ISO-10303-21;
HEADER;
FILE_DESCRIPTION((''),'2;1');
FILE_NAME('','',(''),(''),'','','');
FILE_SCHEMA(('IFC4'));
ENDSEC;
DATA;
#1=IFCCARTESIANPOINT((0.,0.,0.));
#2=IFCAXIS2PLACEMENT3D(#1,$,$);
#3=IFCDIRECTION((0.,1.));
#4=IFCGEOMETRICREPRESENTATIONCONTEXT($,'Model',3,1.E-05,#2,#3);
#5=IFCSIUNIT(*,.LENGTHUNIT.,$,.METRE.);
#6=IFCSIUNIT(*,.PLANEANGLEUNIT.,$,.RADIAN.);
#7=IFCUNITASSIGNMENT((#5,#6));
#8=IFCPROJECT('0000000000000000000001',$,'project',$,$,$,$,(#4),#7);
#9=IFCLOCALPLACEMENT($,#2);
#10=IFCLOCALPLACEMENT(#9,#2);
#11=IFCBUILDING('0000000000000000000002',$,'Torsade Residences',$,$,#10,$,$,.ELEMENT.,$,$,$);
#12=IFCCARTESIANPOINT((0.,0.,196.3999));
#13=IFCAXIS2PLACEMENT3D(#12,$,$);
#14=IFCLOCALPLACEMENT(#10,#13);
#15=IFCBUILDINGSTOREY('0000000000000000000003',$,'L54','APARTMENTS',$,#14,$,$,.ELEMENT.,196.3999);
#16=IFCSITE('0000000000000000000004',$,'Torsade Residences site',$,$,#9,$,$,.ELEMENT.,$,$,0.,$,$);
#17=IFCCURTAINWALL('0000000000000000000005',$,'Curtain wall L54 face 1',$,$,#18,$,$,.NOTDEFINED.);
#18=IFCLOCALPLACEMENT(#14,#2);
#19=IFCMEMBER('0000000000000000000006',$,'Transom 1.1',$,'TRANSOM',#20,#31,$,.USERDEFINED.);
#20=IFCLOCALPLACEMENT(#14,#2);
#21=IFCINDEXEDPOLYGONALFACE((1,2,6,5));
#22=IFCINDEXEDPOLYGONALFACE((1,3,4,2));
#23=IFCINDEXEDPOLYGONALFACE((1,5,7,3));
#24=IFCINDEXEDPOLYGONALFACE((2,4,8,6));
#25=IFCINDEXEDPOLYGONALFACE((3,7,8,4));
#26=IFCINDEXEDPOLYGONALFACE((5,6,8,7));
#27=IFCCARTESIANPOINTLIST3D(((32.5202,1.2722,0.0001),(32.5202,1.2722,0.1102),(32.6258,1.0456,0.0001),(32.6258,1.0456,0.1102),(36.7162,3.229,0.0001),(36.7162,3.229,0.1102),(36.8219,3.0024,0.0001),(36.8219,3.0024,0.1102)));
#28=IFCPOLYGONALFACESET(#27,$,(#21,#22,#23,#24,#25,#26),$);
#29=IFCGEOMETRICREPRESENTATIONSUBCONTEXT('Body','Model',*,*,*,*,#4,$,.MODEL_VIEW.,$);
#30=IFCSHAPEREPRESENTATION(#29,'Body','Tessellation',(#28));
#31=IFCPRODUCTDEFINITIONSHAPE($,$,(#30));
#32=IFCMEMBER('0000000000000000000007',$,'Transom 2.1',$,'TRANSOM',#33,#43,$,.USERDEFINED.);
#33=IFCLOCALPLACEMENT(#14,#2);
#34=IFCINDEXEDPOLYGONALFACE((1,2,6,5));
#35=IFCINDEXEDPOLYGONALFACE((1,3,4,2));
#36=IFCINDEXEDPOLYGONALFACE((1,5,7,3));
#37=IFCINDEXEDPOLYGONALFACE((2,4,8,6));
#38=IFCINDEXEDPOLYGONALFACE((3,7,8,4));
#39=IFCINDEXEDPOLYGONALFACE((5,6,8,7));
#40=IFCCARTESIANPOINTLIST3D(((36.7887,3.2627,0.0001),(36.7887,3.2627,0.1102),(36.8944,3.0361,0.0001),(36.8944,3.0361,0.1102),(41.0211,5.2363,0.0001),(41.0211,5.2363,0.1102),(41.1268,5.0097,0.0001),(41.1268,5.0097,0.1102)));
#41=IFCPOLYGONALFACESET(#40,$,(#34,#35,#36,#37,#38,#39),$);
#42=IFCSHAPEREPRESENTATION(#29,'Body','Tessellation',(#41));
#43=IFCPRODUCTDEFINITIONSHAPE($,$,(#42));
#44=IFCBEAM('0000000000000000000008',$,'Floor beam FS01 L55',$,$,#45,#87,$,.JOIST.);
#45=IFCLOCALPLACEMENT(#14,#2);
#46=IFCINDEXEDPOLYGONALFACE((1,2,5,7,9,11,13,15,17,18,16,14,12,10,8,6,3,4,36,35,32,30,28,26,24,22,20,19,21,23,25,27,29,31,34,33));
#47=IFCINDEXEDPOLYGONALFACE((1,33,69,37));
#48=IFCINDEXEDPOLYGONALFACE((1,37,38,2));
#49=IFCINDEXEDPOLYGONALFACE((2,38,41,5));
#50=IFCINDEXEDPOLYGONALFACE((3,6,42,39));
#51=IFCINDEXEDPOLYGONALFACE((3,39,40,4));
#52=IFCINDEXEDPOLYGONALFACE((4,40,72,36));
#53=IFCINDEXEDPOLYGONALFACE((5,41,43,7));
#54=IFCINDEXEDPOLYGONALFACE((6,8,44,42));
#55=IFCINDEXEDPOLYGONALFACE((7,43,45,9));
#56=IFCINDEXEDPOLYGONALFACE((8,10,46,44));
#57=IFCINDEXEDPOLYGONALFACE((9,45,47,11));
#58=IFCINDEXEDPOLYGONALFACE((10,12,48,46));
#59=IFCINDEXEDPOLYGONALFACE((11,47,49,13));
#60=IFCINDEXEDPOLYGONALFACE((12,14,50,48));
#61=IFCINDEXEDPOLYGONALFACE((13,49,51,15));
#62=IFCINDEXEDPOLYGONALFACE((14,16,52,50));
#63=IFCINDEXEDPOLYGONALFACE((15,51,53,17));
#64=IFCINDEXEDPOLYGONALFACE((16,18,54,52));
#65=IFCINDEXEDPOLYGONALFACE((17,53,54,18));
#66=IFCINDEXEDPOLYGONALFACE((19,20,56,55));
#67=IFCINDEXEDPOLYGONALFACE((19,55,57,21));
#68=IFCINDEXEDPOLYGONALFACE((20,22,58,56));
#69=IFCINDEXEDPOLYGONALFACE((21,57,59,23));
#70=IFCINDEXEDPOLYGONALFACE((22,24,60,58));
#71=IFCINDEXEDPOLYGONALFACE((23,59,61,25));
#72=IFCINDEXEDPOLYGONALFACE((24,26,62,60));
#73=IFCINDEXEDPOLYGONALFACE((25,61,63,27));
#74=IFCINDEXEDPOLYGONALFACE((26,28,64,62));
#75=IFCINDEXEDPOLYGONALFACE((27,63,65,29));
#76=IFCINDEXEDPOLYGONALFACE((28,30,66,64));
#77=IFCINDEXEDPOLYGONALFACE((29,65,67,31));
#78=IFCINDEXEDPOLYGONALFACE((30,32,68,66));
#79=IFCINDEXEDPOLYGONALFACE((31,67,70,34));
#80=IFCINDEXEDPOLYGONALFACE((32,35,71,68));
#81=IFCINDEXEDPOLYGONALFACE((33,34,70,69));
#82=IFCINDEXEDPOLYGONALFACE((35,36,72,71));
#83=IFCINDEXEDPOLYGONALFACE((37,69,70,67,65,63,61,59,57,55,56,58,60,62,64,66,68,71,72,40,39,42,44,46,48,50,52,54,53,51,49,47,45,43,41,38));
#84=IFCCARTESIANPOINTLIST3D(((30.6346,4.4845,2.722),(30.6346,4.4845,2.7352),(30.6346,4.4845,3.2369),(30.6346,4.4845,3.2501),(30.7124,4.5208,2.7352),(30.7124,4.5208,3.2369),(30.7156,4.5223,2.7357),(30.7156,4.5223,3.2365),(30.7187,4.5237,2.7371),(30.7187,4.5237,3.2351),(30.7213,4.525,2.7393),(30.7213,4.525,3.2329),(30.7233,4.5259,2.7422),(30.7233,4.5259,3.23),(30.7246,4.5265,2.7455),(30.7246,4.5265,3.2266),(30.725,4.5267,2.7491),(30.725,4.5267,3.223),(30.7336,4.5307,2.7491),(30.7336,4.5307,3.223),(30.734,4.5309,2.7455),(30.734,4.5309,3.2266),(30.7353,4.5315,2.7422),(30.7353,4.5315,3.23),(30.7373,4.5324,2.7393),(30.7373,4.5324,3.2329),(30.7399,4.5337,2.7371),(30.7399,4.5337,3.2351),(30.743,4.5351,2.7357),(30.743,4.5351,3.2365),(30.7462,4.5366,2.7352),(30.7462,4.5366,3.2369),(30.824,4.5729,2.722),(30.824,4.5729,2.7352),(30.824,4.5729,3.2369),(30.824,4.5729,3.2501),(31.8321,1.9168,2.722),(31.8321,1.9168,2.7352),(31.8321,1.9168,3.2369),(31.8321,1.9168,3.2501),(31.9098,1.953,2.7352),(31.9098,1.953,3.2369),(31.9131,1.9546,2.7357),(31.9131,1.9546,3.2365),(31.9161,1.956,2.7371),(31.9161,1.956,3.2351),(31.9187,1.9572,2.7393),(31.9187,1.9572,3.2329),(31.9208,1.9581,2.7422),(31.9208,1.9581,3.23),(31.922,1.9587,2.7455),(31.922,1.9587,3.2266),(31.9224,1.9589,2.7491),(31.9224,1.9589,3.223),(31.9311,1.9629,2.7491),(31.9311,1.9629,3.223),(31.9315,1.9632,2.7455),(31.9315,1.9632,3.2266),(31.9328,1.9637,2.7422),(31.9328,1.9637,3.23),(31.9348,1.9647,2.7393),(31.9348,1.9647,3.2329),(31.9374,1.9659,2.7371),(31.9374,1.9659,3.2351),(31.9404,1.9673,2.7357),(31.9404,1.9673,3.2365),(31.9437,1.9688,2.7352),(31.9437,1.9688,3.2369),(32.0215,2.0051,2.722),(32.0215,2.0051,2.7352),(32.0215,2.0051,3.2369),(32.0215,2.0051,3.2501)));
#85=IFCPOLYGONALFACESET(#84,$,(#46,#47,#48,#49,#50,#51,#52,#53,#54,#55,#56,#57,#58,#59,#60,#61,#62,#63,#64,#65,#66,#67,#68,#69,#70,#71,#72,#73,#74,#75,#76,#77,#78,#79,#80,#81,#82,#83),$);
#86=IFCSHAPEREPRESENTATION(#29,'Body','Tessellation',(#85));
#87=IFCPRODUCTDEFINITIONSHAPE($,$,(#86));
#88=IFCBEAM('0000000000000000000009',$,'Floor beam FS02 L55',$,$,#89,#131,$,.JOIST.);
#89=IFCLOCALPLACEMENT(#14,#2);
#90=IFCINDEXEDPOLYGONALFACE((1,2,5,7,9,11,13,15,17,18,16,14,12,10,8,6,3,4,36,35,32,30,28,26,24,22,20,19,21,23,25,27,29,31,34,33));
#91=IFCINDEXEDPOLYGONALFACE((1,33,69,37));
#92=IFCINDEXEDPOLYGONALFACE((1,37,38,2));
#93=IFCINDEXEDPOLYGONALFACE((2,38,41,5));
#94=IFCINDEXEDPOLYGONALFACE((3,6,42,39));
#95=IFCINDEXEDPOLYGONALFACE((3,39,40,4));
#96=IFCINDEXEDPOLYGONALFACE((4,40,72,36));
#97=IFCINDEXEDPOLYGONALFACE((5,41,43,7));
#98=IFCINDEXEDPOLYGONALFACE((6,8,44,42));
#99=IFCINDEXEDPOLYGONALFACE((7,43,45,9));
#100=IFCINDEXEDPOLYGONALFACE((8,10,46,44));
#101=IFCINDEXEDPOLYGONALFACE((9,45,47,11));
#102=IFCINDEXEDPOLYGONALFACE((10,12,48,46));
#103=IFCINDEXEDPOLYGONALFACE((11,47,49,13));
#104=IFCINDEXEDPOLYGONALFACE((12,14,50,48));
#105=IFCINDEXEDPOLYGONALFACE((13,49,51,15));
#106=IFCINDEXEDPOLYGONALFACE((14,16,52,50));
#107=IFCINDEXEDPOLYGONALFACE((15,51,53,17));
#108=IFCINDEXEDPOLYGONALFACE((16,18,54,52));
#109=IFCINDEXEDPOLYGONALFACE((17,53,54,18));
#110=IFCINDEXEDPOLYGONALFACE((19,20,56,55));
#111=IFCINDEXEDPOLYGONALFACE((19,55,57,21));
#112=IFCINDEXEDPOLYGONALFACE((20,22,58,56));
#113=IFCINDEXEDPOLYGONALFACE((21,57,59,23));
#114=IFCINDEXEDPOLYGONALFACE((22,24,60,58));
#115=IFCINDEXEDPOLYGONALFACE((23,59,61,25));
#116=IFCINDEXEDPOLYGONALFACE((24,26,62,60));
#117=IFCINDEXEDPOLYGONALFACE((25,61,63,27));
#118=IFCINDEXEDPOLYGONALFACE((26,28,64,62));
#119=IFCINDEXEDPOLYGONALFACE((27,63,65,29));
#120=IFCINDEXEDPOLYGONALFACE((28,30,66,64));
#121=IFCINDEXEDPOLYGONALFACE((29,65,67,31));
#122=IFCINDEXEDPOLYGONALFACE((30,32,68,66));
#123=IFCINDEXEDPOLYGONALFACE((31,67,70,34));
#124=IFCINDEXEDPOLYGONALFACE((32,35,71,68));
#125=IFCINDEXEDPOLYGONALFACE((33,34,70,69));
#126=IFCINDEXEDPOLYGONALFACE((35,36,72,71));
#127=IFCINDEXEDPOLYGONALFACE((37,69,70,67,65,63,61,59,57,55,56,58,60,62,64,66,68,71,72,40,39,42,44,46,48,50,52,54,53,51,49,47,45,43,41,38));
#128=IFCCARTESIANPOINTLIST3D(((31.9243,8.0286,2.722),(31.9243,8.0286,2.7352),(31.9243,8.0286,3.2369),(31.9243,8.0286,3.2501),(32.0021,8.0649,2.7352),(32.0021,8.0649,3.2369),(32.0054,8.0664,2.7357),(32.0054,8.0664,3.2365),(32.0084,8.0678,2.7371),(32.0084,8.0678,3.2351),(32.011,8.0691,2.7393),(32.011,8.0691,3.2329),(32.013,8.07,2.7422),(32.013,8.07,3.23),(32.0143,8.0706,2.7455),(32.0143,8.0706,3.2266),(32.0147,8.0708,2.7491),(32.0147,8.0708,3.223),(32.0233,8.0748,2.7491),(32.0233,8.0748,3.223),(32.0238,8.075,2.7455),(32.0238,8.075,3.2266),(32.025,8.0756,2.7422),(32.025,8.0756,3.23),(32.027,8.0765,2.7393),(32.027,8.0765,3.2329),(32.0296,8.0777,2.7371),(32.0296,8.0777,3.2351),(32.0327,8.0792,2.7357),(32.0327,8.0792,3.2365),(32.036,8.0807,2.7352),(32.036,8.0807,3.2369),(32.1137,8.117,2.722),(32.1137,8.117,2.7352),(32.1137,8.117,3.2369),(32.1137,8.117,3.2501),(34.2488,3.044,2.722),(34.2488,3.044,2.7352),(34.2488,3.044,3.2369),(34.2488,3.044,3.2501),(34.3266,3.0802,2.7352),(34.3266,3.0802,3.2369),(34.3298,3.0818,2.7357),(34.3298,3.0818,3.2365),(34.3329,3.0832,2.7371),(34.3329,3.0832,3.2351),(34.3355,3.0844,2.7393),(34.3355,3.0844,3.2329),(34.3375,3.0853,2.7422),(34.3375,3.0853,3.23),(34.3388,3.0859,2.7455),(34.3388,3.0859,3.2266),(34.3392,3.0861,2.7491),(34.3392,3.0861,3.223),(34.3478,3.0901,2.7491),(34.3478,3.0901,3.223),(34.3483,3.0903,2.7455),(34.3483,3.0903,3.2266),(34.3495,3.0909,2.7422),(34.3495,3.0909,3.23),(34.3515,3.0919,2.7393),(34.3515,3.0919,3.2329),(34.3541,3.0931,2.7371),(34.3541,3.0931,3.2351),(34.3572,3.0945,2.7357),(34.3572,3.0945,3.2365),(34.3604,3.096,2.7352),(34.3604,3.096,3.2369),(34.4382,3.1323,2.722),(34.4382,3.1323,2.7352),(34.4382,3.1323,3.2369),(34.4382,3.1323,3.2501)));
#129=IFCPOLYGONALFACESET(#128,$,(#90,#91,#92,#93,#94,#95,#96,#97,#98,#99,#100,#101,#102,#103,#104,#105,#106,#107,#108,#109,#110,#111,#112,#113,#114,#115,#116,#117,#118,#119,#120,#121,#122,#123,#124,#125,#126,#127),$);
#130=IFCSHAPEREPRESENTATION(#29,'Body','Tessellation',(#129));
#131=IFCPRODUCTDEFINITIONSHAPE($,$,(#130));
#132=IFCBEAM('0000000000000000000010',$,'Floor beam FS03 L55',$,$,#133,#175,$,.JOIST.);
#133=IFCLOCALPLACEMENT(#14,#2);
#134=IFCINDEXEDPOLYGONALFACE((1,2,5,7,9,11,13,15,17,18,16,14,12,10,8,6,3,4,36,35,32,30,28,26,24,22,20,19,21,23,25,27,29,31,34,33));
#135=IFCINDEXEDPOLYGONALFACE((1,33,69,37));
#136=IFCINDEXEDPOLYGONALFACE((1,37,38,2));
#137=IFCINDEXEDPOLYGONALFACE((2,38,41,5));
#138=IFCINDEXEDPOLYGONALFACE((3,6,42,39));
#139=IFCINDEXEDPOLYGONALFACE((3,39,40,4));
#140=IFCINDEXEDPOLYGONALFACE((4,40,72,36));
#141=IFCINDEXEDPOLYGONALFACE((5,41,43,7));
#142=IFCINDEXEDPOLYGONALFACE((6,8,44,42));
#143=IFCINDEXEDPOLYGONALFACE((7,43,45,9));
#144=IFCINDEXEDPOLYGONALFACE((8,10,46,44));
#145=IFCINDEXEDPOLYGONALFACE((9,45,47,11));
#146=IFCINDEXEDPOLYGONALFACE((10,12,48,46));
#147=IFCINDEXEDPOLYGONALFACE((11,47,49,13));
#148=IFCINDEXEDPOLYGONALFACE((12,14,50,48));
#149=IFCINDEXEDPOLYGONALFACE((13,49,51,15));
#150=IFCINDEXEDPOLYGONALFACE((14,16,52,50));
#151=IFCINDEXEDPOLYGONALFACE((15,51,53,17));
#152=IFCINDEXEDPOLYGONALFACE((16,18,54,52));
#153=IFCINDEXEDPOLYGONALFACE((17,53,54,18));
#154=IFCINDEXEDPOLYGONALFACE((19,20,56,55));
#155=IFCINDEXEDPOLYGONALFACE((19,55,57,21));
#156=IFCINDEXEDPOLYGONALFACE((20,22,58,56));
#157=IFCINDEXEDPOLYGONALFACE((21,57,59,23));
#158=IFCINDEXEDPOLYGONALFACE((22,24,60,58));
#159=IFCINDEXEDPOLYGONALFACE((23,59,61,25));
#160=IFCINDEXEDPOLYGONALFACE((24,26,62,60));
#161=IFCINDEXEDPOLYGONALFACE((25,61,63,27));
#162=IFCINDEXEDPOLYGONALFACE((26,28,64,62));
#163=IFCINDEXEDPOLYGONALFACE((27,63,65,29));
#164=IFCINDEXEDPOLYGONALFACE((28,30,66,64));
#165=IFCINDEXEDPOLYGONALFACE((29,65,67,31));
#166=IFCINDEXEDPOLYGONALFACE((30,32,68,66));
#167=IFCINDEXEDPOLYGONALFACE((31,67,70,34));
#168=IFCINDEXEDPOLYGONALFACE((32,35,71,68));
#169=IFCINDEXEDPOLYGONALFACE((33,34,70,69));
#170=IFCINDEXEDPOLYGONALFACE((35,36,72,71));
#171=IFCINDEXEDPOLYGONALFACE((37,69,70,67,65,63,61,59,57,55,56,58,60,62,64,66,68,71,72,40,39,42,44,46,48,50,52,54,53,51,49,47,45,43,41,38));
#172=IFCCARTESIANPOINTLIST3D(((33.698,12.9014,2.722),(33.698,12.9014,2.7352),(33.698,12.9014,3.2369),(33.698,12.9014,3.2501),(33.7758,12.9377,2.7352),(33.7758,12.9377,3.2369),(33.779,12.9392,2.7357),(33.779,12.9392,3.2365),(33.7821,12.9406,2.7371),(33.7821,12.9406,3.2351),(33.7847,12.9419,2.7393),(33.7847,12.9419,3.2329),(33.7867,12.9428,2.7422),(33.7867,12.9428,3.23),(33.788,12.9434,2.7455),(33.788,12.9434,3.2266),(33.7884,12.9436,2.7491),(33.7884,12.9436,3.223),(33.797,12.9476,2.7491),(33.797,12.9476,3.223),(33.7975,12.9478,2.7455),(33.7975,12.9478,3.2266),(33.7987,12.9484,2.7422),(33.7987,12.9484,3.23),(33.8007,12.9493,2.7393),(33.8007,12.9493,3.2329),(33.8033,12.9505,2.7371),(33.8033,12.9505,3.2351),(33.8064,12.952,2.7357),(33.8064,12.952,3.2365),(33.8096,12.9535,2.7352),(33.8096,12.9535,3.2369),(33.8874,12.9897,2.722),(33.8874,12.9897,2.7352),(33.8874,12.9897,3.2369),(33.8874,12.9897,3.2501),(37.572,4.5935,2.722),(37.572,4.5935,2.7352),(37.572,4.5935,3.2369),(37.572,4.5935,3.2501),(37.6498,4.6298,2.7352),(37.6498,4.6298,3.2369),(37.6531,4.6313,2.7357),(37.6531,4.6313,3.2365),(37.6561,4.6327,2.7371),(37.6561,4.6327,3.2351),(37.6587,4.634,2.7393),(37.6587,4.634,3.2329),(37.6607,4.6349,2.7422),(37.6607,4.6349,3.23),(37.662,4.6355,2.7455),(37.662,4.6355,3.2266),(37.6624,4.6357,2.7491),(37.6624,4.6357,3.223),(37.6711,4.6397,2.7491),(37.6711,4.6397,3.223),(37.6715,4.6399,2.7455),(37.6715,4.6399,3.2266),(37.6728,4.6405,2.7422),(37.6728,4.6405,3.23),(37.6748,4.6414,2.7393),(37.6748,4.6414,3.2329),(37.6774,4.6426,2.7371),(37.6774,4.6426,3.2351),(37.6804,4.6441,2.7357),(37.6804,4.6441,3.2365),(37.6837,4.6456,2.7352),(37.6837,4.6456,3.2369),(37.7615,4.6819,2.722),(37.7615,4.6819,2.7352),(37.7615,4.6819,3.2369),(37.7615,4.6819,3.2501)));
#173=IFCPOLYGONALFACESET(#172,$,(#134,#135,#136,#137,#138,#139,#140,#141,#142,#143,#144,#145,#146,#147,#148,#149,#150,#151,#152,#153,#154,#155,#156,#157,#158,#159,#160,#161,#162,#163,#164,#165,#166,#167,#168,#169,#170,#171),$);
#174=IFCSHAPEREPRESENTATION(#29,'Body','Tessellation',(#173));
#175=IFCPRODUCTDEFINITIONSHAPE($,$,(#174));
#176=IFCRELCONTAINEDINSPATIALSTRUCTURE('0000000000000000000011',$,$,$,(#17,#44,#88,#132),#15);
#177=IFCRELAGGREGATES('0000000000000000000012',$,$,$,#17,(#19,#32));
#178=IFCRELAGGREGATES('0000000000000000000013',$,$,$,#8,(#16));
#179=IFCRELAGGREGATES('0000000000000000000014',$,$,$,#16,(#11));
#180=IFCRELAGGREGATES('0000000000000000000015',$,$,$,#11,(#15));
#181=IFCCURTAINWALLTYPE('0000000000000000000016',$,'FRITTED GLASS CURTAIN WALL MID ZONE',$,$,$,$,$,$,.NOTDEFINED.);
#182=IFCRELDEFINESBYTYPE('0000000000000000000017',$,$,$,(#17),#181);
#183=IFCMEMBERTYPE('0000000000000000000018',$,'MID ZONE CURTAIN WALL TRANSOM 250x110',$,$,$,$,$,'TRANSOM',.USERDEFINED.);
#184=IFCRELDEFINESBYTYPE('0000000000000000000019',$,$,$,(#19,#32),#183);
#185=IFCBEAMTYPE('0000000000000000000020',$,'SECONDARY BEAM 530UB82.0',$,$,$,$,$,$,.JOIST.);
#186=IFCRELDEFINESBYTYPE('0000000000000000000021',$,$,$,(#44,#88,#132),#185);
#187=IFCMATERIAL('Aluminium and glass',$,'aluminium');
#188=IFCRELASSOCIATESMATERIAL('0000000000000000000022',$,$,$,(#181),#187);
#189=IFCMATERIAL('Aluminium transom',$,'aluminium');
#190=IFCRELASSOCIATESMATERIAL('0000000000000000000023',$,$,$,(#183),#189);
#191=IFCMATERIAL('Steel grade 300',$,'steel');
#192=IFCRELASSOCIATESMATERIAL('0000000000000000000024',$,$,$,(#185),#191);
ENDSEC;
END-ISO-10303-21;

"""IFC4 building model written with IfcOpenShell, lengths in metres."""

from ifc_helpers import new_model, si_unit, direction, frame, origin, origin_2d, place, context, subcontext, project, spatial, rectangle, i_section, extrude, material, material_profile, profile_set, type_object, element, aggregate, save


model = new_model("IFC4")

# Units and contexts
model_context = context("Model", 3, precision=1e-05, world=origin(), true_north=direction((0.0, 1.0)))
body_context = subcontext(model_context, "Body", "Model", "MODEL_VIEW")
ifc_project = project(units=[si_unit("LENGTHUNIT", "METRE"), si_unit("PLANEANGLEUNIT", "RADIAN")], contexts=[model_context])

# Site, building, storey
site_placement = place(None, origin())
site = spatial("IfcSite", under=ifc_project, at=site_placement, Name="Torsade Residences site", CompositionType="ELEMENT", RefElevation=0.0)
building_placement = place(site_placement, origin())
building = spatial("IfcBuilding", under=site, at=building_placement, Name="Torsade Residences", CompositionType="ELEMENT")
storey_placement = place(building_placement, frame((0.0, 0.0, 196.3999)))
storey = spatial("IfcBuildingStorey", under=building, at=storey_placement, Name="L54", Description="APARTMENTS", CompositionType="ELEMENT", Elevation=196.3999)

# Curtain wall
ifc_material_1 = material(Name="Aluminium and glass", Category="aluminium")
curtain_wall_type = type_object("IfcCurtainWallType", Name="FRITTED GLASS CURTAIN WALL MID ZONE", PredefinedType="NOTDEFINED", material=ifc_material_1)
curtain_wall_1_placement = place(storey_placement, origin())
curtain_wall_1 = element("IfcCurtainWall", 1, at=curtain_wall_1_placement, inside=storey, type_object=curtain_wall_type, Name="Curtain wall L54 face 1", PredefinedType="NOTDEFINED")

# Members
ifc_material_2 = material(Name="Aluminium transom", Category="aluminium")
ifc_material_profile_1 = material_profile(ifc_material_2, rectangle(XDim=0.25, YDim=0.1101, at=origin_2d()), Name="MID ZONE CURTAIN WALL TRANSOM 250x110")
ifc_profile_set_1 = profile_set([ifc_material_profile_1], Name="Aluminium transom")
member_type_1 = type_object("IfcMemberType", Name="MID ZONE CURTAIN WALL TRANSOM 250x110", ElementType="TRANSOM", PredefinedType="USERDEFINED", material=ifc_profile_set_1)
member_1_placement = place(storey_placement, frame((32.573, 1.1589, 0.0552), z_axis=(0.906296, 0.422643, 0.0), x_axis=(-0.422643, 0.906296, 0.0)))
member_1 = element("IfcMember", 2, at=member_1_placement, type_object=member_type_1, Name="Transom 1.1", ObjectType="TRANSOM", PredefinedType="USERDEFINED", context=body_context, shape_type="SweptSolid", body=[
    extrude(rectangle(XDim=0.25, YDim=0.1101, at=origin_2d()), origin(), (0.0, 0.0, 1.0), 4.6299),
])
member_2_placement = place(storey_placement, frame((36.8416, 3.1494, 0.0552), z_axis=(0.906306, 0.422622, 0.0), x_axis=(-0.422622, 0.906306, 0.0)))
member_2 = element("IfcMember", 3, at=member_2_placement, type_object=member_type_1, Name="Transom 2.1", ObjectType="TRANSOM", PredefinedType="USERDEFINED", context=body_context, shape_type="SweptSolid", body=[
    extrude(rectangle(XDim=0.25, YDim=0.1101, at=origin_2d()), origin(), (0.0, 0.0, 1.0), 4.6699),
])

# Beams
ifc_material_3 = material(Name="Steel grade 300", Category="steel")
ifc_material_profile_2 = material_profile(ifc_material_3, i_section(OverallWidth=0.209, OverallDepth=0.5281, WebThickness=0.0095, FlangeThickness=0.0132, FilletRadius=0.0139, at=origin_2d()), Name="530UB82.0")
ifc_profile_set_2 = profile_set([ifc_material_profile_2], Name="Steel grade 300")
beam_type_1 = type_object("IfcBeamType", Name="SECONDARY BEAM 530UB82.0", PredefinedType="JOIST", material=ifc_profile_set_2)
beam_1_placement = place(storey_placement, frame((31.9268, 1.9609, 2.9861), z_axis=(-0.422645, 0.906295, 0.0), x_axis=(-0.906295, -0.422645, 0.0)))
element("IfcBeam", 4, at=beam_1_placement, inside=storey, type_object=beam_type_1, Name="Floor beam FS01 L55", PredefinedType="JOIST", context=body_context, shape_type="SweptSolid", body=[
    extrude(i_section(OverallWidth=0.209, OverallDepth=0.5281, WebThickness=0.0095, FlangeThickness=0.0132, FilletRadius=0.0139, at=origin_2d()), origin(), (0.0, 0.0, 1.0), 2.8333),
])
beam_2_placement = place(storey_placement, frame((34.3435, 3.0881, 2.9861), z_axis=(-0.422633, 0.906301, 0.0), x_axis=(-0.906301, -0.422633, 0.0)))
element("IfcBeam", 5, at=beam_2_placement, inside=storey, type_object=beam_type_1, Name="Floor beam FS02 L55", PredefinedType="JOIST", context=body_context, shape_type="SweptSolid", body=[
    extrude(i_section(OverallWidth=0.209, OverallDepth=0.5281, WebThickness=0.0095, FlangeThickness=0.0132, FilletRadius=0.0139, at=origin_2d()), origin(), (0.0, 0.0, 1.0), 5.5),
])
beam_3_placement = place(storey_placement, frame((37.6667, 4.6377, 2.9861), z_axis=(-0.422619, 0.906308, 0.0), x_axis=(-0.906308, -0.422619, 0.0)))
element("IfcBeam", 6, at=beam_3_placement, inside=storey, type_object=beam_type_1, Name="Floor beam FS03 L55", PredefinedType="JOIST", context=body_context, shape_type="SweptSolid", body=[
    extrude(i_section(OverallWidth=0.209, OverallDepth=0.5281, WebThickness=0.0095, FlangeThickness=0.0132, FilletRadius=0.0139, at=origin_2d()), origin(), (0.0, 0.0, 1.0), 9.1667),
])

aggregate(curtain_wall_1, [member_1, member_2])

save(model, "model.ifc")
